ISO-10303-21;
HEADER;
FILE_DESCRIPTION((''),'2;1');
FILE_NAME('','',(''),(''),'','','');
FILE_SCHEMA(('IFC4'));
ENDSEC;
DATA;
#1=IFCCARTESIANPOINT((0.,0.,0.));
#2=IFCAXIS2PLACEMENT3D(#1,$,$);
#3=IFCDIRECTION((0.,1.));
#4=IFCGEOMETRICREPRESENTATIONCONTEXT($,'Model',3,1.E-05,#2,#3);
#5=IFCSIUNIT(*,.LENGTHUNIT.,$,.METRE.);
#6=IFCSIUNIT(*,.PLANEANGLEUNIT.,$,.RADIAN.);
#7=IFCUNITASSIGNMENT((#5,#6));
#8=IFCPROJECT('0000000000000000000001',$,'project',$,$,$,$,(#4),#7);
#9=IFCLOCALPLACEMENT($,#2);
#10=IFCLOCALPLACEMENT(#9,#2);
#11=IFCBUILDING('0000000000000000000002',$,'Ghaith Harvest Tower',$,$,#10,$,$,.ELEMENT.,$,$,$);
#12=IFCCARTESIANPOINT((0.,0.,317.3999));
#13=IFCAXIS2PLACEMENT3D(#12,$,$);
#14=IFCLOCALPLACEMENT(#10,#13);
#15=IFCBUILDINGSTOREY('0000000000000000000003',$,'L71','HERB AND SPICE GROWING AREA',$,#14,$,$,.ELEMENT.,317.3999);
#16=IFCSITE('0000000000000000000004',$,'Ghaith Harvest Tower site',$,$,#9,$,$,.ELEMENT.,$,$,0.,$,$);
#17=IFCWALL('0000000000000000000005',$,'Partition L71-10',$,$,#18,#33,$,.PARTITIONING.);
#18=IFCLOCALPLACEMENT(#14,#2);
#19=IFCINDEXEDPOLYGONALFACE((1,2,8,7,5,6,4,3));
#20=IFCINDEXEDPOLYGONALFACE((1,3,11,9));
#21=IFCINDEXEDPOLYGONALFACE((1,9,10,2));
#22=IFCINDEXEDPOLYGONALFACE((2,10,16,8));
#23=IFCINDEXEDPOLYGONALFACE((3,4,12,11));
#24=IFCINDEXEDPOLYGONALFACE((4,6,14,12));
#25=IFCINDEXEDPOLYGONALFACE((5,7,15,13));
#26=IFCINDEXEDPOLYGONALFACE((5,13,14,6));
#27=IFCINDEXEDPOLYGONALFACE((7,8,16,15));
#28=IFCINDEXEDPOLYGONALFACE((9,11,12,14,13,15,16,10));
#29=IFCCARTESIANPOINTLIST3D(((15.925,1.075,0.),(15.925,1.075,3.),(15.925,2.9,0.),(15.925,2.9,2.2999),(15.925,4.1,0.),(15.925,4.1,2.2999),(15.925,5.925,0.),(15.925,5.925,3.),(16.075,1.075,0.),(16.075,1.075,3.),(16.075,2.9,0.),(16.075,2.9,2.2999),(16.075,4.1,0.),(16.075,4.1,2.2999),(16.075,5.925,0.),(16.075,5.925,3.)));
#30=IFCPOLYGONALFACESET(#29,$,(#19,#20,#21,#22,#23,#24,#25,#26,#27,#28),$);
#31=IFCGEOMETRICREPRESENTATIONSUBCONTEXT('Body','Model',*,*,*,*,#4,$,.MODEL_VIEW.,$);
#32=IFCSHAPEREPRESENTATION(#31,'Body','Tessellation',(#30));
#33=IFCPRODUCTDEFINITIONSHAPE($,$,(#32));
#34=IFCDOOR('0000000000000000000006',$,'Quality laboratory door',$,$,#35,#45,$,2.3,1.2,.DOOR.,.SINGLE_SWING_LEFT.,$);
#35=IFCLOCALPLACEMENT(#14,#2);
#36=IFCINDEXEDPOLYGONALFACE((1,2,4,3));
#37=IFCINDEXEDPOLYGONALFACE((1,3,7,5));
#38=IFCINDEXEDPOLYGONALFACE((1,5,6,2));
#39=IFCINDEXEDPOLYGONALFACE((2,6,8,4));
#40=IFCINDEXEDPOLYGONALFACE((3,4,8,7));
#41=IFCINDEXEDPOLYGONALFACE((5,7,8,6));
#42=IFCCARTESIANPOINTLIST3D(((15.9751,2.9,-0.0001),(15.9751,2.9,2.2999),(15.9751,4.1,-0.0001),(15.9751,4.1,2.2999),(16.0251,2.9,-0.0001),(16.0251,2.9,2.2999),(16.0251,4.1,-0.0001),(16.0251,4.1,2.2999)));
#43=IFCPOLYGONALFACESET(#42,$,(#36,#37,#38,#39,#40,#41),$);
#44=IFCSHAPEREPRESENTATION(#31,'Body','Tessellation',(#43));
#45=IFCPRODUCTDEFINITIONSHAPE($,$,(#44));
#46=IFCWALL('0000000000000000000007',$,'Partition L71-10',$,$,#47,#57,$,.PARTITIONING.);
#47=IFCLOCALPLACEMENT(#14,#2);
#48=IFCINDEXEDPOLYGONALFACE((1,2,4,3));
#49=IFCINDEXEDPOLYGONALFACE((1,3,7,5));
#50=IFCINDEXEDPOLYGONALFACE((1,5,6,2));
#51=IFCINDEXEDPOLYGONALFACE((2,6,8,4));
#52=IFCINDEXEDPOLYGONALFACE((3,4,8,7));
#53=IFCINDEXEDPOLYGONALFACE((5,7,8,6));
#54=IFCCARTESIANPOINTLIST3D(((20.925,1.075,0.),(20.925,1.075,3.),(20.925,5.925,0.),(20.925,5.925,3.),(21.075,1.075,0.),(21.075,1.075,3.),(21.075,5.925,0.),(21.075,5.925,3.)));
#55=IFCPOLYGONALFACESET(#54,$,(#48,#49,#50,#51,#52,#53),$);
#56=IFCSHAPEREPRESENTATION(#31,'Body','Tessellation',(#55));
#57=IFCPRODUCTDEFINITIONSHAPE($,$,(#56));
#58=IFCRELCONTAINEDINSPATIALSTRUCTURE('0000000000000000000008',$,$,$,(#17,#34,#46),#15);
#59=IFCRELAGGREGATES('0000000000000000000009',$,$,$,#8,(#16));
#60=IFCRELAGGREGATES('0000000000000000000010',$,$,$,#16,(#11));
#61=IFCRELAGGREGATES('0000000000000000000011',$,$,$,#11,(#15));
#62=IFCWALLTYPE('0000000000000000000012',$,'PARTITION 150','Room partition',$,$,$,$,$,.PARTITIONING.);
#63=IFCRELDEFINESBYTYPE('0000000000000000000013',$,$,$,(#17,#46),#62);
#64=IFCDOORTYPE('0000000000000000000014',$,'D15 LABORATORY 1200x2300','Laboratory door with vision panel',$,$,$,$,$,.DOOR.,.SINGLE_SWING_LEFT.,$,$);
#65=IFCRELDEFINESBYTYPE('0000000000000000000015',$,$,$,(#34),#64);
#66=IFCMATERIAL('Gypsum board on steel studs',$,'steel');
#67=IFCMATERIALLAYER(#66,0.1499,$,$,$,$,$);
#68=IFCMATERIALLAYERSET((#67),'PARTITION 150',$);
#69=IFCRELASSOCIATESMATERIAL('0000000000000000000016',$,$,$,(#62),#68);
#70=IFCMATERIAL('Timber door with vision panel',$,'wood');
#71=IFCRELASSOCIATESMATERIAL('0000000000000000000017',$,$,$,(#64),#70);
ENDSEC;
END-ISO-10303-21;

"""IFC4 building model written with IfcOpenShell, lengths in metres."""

from ifc_helpers import new_model, si_unit, direction, frame, frame_2d, origin, place, context, subcontext, project, spatial, rectangle, extrude, material, layer, layer_set, type_object, element, fill, save


model = new_model("IFC4")

# Units and contexts
model_context = context("Model", 3, precision=1e-05, world=origin(), true_north=direction((0.0, 1.0)))
body_context = subcontext(model_context, "Body", "Model", "MODEL_VIEW")
ifc_project = project(units=[si_unit("LENGTHUNIT", "METRE"), si_unit("PLANEANGLEUNIT", "RADIAN")], contexts=[model_context])

# Site, building, storey
site_placement = place(None, origin())
site = spatial("IfcSite", under=ifc_project, at=site_placement, Name="Ghaith Harvest Tower site", CompositionType="ELEMENT", RefElevation=0.0)
building_placement = place(site_placement, origin())
building = spatial("IfcBuilding", under=site, at=building_placement, Name="Ghaith Harvest Tower", CompositionType="ELEMENT")
storey_placement = place(building_placement, frame((0.0, 0.0, 317.3999)))
storey = spatial("IfcBuildingStorey", under=building, at=storey_placement, Name="L71", Description="HERB AND SPICE GROWING AREA", CompositionType="ELEMENT", Elevation=317.3999)

# Shared definitions
ifc_material_1 = material(Name="Gypsum board on steel studs", Category="steel")
ifc_layer_1 = layer(ifc_material_1, 0.1499)
ifc_layer_set_1 = layer_set([ifc_layer_1], Name="PARTITION 150")
wall_type = type_object("IfcWallType", Name="PARTITION 150", Description="Room partition", PredefinedType="PARTITIONING", material=ifc_layer_set_1)

# Wall, opening, door
wall_1_placement = place(storey_placement, frame((16.0, 1.075, 0.0), z_axis=(0.0, 0.0, 1.0), x_axis=(0.0, 1.0, 0.0)))
wall_1 = element("IfcWall", 1, at=wall_1_placement, inside=storey, type_object=wall_type, Name="Partition L71-10", PredefinedType="PARTITIONING", context=body_context, shape_type="SweptSolid", body=[
    extrude(rectangle(XDim=4.8501, YDim=0.1499, at=frame_2d((2.425, 0.0))), origin(), (0.0, 0.0, 1.0), 3.0),
])
opening_placement = place(wall_1_placement, frame((1.825, 0.0, 0.0)))
opening = element("IfcOpeningElement", 2, at=opening_placement, cuts=wall_1, PredefinedType="OPENING", context=body_context, shape_type="SweptSolid", body=[
    extrude(rectangle(XDim=1.2, YDim=2.3, at=frame_2d((0.6001, 1.1499))), frame((0.0, 0.085, 0.0), z_axis=(0.0, -1.0, 0.0), x_axis=(1.0, 0.0, 0.0)), (0.0, 0.0, 1.0), 0.1699),
])
ifc_material_2 = material(Name="Timber door with vision panel", Category="wood")
door_type = type_object("IfcDoorType", Name="D15 LABORATORY 1200x2300", Description="Laboratory door with vision panel", OperationType="SINGLE_SWING_LEFT", PredefinedType="DOOR", material=ifc_material_2)
door_placement = place(opening_placement, origin())
door = element("IfcDoor", 3, at=door_placement, inside=storey, type_object=door_type, Name="Quality laboratory door", OperationType="SINGLE_SWING_LEFT", OverallHeight=2.3, OverallWidth=1.2, PredefinedType="DOOR", context=body_context, shape_type="SweptSolid", body=[
    extrude(rectangle(XDim=1.2, YDim=2.3, at=frame_2d((0.6001, 1.1499))), frame((0.0, 0.0249, 0.0), z_axis=(0.0, -1.0, 0.0), x_axis=(1.0, 0.0, 0.0)), (0.0, 0.0, 1.0), 0.05),
])
fill(opening, door)

# Wall
wall_2_placement = place(storey_placement, frame((21.0, 1.075, 0.0), z_axis=(0.0, 0.0, 1.0), x_axis=(0.0, 1.0, 0.0)))
element("IfcWall", 4, at=wall_2_placement, inside=storey, type_object=wall_type, Name="Partition L71-10", PredefinedType="PARTITIONING", context=body_context, shape_type="SweptSolid", body=[
    extrude(rectangle(XDim=4.8501, YDim=0.1499, at=frame_2d((2.425, 0.0))), origin(), (0.0, 0.0, 1.0), 3.0),
])

save(model, "model.ifc")
